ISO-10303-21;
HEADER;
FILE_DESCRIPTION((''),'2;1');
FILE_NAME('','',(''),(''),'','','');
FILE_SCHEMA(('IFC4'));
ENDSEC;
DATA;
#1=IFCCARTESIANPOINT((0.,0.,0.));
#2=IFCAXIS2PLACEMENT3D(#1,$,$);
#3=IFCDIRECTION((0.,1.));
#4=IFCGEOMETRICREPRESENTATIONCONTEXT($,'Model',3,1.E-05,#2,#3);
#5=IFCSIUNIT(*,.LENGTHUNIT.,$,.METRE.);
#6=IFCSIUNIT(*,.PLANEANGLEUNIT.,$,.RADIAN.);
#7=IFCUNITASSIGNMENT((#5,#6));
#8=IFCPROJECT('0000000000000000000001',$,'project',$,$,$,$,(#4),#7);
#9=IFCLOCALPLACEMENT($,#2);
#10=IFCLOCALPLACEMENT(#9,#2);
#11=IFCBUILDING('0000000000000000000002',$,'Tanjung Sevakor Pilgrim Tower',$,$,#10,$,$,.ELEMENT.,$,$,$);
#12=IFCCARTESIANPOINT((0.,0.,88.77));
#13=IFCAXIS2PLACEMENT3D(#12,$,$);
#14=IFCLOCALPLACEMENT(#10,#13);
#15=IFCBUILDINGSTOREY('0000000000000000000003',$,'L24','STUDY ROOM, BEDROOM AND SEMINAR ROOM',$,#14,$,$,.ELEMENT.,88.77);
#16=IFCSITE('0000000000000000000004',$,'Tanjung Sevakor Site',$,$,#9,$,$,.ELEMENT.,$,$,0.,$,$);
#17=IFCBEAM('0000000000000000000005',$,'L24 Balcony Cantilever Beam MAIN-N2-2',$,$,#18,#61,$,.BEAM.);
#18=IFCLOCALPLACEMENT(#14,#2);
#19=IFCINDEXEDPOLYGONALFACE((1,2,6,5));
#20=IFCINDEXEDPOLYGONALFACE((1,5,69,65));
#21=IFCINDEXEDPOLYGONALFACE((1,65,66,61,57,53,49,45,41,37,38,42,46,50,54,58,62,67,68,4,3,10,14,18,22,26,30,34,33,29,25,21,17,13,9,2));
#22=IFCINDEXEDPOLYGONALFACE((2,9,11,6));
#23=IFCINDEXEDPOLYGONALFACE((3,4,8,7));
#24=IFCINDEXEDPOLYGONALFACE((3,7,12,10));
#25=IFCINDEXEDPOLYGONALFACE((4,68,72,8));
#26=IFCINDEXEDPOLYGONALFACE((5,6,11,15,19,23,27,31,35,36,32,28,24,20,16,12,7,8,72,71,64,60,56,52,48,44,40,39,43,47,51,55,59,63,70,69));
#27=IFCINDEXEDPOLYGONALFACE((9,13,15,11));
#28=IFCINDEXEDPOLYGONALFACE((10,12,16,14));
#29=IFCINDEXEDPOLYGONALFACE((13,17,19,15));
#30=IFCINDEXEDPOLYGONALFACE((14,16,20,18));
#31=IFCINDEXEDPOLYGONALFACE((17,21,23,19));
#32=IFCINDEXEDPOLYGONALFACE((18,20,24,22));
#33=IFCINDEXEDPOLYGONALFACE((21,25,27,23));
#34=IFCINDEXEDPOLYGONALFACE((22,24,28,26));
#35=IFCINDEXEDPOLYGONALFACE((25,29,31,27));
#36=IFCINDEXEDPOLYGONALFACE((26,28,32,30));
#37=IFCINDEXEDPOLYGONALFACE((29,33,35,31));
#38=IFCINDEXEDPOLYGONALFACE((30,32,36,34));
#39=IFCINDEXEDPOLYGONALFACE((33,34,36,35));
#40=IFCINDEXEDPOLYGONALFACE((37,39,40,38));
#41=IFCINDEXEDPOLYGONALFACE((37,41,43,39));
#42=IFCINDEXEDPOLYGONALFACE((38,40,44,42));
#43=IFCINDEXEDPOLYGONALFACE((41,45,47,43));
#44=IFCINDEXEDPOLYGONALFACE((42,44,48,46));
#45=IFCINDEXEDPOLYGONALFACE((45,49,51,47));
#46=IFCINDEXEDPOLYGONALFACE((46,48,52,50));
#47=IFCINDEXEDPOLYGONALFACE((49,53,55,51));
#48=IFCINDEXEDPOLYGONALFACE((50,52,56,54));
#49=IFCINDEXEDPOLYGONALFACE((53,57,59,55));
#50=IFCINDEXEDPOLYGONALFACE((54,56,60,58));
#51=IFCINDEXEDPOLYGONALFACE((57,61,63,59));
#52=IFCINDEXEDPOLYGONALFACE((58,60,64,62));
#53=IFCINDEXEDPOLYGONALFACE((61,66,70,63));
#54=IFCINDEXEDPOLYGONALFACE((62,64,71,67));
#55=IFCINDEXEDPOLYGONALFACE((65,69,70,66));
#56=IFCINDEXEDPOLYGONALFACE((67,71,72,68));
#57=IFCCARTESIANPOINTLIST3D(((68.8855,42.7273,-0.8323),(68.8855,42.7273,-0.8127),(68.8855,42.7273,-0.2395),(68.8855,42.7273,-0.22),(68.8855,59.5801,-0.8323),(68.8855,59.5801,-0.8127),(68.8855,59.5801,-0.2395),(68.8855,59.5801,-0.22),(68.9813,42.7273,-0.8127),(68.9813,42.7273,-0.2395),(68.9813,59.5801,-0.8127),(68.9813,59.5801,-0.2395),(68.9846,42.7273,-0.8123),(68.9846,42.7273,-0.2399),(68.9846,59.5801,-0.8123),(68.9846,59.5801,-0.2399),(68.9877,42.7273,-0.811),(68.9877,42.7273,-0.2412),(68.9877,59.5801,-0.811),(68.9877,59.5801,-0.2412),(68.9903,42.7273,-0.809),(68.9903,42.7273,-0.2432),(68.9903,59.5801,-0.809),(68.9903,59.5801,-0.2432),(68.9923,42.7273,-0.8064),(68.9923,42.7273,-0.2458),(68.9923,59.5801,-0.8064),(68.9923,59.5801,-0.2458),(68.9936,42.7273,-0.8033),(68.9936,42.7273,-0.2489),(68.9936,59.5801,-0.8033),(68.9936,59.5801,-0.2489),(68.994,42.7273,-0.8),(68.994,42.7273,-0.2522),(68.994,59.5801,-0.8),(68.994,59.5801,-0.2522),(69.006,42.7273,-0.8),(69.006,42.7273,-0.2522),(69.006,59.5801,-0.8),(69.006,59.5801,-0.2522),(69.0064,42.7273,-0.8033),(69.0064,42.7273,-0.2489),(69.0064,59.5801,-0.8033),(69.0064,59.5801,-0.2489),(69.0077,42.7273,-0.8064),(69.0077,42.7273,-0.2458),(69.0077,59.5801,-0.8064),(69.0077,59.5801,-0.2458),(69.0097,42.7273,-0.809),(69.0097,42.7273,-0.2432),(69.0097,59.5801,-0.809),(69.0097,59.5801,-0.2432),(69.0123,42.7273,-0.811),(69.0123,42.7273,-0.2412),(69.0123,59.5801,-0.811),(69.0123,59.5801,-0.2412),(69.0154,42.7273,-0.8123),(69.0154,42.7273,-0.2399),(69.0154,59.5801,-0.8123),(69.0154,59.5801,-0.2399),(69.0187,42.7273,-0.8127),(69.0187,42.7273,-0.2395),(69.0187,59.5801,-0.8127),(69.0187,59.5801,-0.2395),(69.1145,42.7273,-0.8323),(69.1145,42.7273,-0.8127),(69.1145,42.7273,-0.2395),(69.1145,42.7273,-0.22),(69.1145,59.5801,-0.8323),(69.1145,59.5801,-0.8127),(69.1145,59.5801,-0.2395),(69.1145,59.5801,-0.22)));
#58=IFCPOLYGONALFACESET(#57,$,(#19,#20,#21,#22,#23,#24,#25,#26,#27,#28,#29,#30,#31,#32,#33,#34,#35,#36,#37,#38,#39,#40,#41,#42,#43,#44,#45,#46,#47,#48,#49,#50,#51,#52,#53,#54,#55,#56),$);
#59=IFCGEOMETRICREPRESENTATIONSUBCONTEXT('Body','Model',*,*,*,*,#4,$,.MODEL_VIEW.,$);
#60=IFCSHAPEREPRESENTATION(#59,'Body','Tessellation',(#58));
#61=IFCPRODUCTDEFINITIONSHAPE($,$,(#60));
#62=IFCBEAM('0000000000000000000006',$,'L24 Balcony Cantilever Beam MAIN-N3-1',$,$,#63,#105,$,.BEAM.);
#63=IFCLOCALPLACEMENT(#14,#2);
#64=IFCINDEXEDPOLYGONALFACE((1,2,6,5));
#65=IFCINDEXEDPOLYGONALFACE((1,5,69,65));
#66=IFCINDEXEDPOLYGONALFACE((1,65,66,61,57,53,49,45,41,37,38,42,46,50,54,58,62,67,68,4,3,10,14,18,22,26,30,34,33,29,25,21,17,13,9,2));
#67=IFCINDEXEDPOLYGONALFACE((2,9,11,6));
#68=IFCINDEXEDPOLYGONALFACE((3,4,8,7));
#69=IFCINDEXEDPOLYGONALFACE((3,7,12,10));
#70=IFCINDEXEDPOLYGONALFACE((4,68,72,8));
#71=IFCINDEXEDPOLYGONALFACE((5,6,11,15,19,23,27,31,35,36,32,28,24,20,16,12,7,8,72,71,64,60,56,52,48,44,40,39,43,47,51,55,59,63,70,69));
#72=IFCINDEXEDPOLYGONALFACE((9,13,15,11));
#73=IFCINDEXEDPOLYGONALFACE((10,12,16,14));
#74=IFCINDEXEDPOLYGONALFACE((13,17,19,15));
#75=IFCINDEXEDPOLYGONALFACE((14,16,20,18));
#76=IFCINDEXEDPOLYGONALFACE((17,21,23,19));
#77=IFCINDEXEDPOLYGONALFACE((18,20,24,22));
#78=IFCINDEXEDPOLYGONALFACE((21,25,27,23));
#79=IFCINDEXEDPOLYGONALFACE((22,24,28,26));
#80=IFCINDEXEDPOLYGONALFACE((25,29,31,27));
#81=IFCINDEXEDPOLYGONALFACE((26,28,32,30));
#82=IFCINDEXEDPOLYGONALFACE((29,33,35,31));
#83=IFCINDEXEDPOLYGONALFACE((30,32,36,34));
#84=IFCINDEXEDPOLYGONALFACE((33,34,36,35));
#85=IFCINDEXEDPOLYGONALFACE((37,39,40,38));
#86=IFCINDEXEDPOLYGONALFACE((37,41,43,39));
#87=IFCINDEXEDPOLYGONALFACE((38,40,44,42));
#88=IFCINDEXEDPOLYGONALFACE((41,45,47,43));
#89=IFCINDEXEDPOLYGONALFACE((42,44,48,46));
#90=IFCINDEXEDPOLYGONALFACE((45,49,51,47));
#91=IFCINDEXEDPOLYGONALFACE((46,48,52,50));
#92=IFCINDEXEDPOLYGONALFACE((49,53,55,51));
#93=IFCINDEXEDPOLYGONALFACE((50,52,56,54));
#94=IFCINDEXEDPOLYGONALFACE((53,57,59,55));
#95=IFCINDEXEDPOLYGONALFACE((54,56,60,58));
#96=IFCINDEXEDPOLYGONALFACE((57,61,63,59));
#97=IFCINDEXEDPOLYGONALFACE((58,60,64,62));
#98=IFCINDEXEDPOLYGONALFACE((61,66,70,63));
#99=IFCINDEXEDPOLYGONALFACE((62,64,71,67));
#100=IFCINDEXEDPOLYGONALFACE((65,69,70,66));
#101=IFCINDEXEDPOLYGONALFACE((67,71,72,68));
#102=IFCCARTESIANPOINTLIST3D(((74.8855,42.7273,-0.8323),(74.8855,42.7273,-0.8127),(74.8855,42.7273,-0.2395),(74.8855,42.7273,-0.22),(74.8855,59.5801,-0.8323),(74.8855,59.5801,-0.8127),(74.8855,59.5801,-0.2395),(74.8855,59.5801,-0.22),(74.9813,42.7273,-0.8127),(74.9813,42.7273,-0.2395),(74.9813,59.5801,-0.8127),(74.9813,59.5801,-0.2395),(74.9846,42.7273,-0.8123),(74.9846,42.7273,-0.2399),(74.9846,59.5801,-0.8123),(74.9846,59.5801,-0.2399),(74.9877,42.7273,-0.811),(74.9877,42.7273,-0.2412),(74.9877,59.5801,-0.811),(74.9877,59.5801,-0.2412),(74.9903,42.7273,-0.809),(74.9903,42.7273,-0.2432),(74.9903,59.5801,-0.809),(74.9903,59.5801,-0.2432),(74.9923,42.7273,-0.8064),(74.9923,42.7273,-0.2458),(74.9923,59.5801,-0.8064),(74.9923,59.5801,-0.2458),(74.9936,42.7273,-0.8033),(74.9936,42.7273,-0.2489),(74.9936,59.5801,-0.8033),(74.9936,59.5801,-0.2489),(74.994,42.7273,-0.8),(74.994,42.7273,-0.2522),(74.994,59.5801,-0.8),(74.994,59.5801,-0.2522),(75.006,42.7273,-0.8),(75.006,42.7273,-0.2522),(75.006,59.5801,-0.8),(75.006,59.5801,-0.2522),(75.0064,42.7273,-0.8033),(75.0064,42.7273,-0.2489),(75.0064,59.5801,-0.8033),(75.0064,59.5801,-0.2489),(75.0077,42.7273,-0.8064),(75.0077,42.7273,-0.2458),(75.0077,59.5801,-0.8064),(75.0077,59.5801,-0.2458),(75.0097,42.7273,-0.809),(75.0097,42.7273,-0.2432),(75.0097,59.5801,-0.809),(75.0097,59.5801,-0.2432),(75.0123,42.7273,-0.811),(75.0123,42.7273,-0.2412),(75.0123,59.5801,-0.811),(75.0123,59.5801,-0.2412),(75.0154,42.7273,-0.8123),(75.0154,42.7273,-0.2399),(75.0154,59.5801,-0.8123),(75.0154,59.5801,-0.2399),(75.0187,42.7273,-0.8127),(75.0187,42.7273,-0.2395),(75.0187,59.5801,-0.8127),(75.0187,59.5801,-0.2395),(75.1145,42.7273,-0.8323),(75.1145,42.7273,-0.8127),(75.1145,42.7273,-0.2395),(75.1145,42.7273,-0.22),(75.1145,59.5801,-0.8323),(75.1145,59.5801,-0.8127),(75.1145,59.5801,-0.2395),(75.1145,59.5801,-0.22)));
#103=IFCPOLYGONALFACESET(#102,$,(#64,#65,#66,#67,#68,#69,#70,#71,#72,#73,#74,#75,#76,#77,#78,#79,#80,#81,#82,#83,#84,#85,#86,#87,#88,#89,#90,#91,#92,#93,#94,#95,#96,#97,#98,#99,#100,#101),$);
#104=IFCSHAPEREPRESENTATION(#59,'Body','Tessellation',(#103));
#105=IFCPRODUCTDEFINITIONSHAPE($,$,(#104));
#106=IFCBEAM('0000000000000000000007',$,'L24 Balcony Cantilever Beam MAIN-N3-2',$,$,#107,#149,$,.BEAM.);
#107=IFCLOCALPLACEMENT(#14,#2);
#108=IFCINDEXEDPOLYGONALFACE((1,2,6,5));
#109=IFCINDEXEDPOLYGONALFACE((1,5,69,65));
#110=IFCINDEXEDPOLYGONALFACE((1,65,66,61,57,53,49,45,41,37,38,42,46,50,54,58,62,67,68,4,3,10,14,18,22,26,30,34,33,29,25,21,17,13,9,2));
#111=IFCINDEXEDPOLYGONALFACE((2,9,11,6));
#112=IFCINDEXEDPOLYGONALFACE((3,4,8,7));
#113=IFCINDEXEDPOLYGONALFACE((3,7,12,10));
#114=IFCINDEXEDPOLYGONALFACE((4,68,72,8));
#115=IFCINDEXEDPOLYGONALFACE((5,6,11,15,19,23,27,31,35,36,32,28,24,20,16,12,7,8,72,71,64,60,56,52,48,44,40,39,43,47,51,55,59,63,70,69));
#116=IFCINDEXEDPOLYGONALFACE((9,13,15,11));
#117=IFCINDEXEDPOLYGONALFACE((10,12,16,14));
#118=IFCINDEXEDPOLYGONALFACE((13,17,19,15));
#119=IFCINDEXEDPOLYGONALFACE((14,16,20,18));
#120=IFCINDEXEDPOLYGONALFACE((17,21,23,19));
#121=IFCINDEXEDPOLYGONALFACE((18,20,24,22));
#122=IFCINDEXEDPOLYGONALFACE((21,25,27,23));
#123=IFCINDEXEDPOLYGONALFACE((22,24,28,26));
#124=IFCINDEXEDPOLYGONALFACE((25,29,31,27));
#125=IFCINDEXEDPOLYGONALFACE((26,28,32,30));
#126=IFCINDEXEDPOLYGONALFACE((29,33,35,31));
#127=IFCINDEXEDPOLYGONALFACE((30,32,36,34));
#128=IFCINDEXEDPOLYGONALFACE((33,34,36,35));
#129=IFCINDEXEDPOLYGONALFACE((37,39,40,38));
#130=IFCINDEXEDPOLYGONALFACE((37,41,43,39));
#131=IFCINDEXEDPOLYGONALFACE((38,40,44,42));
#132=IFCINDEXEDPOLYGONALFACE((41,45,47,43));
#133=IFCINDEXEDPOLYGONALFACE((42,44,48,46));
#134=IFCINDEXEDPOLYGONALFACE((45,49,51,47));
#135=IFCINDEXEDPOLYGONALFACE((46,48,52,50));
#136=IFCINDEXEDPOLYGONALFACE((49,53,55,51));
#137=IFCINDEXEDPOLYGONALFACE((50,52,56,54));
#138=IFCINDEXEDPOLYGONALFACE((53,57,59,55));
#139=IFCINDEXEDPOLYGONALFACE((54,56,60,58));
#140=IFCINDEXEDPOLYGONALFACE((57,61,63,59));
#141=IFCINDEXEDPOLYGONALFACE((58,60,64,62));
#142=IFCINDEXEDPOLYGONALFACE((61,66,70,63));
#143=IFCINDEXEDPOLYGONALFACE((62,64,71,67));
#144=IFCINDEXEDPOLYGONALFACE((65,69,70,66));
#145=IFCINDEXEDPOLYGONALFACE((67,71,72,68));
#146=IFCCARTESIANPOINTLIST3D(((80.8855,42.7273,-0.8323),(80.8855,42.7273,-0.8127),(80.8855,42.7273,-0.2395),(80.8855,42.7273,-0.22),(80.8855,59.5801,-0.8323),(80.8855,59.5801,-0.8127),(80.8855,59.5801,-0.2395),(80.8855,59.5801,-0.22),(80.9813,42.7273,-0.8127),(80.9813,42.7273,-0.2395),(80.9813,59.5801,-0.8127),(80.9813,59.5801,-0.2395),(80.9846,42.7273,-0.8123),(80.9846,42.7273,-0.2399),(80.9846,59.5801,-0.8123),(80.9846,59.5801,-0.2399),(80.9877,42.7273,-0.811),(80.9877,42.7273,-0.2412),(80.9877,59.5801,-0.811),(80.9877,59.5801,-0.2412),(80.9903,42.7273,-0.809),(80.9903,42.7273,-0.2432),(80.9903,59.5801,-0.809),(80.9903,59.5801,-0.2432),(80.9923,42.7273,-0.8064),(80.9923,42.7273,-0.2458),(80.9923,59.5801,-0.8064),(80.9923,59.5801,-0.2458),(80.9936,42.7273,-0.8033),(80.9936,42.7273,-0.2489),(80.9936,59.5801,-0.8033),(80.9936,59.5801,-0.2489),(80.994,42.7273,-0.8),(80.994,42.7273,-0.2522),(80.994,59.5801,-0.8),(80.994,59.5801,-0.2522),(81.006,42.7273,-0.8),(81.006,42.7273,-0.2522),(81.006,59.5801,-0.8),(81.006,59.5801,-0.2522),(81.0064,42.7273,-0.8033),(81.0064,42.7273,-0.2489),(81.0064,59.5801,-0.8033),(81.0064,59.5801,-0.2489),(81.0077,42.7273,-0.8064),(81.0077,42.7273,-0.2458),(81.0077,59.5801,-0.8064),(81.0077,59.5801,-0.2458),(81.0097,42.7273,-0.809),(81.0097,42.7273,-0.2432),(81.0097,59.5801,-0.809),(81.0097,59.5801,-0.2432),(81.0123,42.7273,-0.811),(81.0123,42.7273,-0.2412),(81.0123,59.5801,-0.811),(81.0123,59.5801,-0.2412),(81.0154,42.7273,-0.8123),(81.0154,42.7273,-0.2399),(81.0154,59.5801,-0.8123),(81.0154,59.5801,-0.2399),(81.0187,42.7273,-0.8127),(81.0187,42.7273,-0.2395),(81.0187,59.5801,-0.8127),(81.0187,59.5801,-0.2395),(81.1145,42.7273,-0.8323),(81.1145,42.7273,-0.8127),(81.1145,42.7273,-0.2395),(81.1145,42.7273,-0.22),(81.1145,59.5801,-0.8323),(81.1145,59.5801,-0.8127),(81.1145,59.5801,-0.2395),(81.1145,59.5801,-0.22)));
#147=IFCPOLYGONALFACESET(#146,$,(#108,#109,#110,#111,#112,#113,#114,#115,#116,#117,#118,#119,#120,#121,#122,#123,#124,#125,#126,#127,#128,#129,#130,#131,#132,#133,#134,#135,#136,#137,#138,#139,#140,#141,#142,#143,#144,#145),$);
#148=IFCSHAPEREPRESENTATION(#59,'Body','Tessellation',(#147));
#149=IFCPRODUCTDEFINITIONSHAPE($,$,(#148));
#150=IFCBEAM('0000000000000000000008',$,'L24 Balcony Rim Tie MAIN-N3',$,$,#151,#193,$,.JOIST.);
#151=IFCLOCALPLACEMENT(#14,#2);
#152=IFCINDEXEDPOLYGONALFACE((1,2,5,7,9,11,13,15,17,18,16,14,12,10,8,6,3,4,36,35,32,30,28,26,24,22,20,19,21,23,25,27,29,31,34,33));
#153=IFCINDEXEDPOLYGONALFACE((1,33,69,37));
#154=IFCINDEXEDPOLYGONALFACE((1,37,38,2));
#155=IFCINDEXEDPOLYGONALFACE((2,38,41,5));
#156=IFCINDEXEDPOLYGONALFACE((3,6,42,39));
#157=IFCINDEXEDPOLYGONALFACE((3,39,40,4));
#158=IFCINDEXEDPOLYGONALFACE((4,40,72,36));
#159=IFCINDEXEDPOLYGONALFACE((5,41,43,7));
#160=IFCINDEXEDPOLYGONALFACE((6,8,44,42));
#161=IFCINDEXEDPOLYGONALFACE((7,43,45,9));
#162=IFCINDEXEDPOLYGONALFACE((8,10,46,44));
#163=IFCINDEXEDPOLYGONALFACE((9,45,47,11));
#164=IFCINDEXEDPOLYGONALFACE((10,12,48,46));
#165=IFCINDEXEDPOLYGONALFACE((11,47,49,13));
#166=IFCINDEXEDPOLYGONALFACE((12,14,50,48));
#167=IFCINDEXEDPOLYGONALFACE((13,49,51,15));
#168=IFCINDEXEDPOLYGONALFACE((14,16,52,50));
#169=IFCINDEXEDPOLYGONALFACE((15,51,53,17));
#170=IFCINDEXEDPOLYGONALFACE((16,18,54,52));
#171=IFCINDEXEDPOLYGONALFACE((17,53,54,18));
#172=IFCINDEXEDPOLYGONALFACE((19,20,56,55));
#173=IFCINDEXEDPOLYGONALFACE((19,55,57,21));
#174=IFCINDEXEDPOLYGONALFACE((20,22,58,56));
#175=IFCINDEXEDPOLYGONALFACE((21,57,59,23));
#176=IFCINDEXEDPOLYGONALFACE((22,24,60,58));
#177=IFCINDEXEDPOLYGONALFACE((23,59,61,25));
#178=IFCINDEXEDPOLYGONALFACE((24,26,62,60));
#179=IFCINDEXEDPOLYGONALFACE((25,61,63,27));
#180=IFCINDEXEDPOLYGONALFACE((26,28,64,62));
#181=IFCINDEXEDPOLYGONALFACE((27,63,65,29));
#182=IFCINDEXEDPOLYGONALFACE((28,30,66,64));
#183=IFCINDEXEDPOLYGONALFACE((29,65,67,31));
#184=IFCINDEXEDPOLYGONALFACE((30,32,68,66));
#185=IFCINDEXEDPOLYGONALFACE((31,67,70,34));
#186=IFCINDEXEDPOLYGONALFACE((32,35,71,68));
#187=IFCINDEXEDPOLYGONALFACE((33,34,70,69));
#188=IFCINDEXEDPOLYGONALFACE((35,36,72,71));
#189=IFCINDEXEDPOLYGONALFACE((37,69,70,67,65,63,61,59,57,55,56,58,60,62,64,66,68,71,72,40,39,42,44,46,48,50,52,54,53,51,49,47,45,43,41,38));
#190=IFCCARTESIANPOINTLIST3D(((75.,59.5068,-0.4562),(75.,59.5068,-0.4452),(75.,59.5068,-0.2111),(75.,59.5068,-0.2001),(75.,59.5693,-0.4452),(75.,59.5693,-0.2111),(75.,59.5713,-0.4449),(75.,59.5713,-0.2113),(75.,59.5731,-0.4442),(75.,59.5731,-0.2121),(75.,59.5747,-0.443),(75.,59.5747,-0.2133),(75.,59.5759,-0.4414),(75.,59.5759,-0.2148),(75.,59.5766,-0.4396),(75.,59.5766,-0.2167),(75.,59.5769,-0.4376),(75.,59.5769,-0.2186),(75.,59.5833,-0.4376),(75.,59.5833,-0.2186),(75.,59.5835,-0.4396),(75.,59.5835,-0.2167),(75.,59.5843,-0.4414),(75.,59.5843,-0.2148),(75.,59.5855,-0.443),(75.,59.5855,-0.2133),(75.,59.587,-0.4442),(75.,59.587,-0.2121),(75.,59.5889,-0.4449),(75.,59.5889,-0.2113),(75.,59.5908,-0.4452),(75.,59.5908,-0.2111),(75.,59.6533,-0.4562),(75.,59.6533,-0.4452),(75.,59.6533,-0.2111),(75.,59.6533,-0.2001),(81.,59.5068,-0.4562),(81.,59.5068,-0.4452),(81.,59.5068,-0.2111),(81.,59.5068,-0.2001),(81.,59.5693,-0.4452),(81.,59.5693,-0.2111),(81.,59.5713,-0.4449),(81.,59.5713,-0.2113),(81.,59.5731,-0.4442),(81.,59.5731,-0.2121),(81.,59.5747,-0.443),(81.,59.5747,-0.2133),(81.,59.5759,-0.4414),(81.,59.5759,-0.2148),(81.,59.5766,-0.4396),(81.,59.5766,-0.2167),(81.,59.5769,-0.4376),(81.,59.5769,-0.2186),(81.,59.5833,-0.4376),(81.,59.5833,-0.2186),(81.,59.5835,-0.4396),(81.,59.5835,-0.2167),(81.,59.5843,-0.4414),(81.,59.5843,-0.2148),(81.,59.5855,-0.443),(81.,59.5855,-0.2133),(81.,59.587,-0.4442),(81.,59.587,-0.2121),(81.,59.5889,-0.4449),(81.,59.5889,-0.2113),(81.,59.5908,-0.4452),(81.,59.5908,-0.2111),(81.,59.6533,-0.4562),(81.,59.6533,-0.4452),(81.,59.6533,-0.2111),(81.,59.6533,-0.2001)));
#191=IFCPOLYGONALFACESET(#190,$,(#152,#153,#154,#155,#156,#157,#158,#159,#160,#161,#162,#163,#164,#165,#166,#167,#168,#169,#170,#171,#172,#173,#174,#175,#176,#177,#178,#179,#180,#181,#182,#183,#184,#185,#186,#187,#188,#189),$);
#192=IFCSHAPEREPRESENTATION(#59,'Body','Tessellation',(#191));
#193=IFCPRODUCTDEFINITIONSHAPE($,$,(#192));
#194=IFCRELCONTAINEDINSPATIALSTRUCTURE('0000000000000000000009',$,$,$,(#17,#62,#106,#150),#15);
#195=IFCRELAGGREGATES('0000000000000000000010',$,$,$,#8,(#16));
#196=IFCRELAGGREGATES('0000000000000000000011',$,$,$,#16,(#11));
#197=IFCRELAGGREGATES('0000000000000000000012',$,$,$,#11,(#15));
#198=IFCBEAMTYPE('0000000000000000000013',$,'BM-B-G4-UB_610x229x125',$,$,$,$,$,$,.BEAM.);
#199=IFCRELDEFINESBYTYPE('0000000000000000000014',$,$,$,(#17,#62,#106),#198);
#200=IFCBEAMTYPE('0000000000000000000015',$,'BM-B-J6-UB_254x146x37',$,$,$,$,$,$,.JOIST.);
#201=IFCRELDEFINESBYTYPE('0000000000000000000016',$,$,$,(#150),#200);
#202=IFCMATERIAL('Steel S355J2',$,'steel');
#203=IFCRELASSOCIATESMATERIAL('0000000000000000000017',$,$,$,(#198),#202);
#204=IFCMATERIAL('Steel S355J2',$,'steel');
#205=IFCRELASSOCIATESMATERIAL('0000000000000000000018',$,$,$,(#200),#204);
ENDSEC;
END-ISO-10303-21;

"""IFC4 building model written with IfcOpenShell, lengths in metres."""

from ifc_helpers import new_model, si_unit, direction, frame, origin, origin_2d, place, context, subcontext, project, spatial, i_section, extrude, material, material_profile, profile_set, type_object, element, save


model = new_model("IFC4")

# Units and contexts
model_context = context("Model", 3, precision=1e-05, world=origin(), true_north=direction((0.0, 1.0)))
body_context = subcontext(model_context, "Body", "Model", "MODEL_VIEW")
ifc_project = project(units=[si_unit("LENGTHUNIT", "METRE"), si_unit("PLANEANGLEUNIT", "RADIAN")], contexts=[model_context])

# Site, building, storey
site_placement = place(None, origin())
site = spatial("IfcSite", under=ifc_project, at=site_placement, Name="Tanjung Sevakor Site", CompositionType="ELEMENT", RefElevation=0.0)
building_placement = place(site_placement, origin())
building = spatial("IfcBuilding", under=site, at=building_placement, Name="Tanjung Sevakor Pilgrim Tower", CompositionType="ELEMENT")
storey_placement = place(building_placement, frame((0.0, 0.0, 88.77)))
storey = spatial("IfcBuildingStorey", under=building, at=storey_placement, Name="L24", Description="STUDY ROOM, BEDROOM AND SEMINAR ROOM", CompositionType="ELEMENT", Elevation=88.77)

# Beams
ifc_material_1 = material(Name="Steel S355J2", Category="steel")
ifc_material_profile_1 = material_profile(ifc_material_1, i_section(OverallWidth=0.229, OverallDepth=0.6123, WebThickness=0.012, FlangeThickness=0.0195, FilletRadius=0.0127, at=origin_2d()))
ifc_profile_set_1 = profile_set([ifc_material_profile_1], Name="Steel S355J2")
beam_type_1 = type_object("IfcBeamType", Name="BM-B-G4-UB_610x229x125", PredefinedType="BEAM", material=ifc_profile_set_1)
for number, where, z_axis, x_axis, name in (
    (1, (69.0, 42.7273, -0.5261), (0.0, 1.0, 0.0), (-1.0, 0.0, 0.0), "L24 Balcony Cantilever Beam MAIN-N2-2"),
    (2, (75.0, 42.7273, -0.5261), (0.0, 1.0, 0.0), (-1.0, 0.0, 0.0), "L24 Balcony Cantilever Beam MAIN-N3-1"),
    (3, (81.0, 42.7273, -0.5261), (0.0, 1.0, 0.0), (-1.0, 0.0, 0.0), "L24 Balcony Cantilever Beam MAIN-N3-2"),
):
    element("IfcBeam", number, at=place(storey_placement, frame(where, z_axis=z_axis, x_axis=x_axis)), inside=storey, type_object=beam_type_1, Name=name, PredefinedType="BEAM", context=body_context, shape_type="SweptSolid", body=[
        extrude(i_section(OverallWidth=0.229, OverallDepth=0.6123, WebThickness=0.012, FlangeThickness=0.0195, FilletRadius=0.0127, at=origin_2d()), origin(), (0.0, 0.0, 1.0), 16.8528),
    ])
ifc_material_2 = material(Name="Steel S355J2", Category="steel")
ifc_material_profile_2 = material_profile(ifc_material_2, i_section(OverallWidth=0.1465, OverallDepth=0.2561, WebThickness=0.0063, FlangeThickness=0.011, FilletRadius=0.0076, at=origin_2d()))
ifc_profile_set_2 = profile_set([ifc_material_profile_2], Name="Steel S355J2")
beam_type_2 = type_object("IfcBeamType", Name="BM-B-J6-UB_254x146x37", PredefinedType="JOIST", material=ifc_profile_set_2)
beam_1_placement = place(storey_placement, frame((75.0, 59.5801, -0.3281), z_axis=(1.0, 0.0, 0.0), x_axis=(0.0, 1.0, 0.0)))
element("IfcBeam", 4, at=beam_1_placement, inside=storey, type_object=beam_type_2, Name="L24 Balcony Rim Tie MAIN-N3", PredefinedType="JOIST", context=body_context, shape_type="SweptSolid", body=[
    extrude(i_section(OverallWidth=0.1465, OverallDepth=0.2561, WebThickness=0.0063, FlangeThickness=0.011, FilletRadius=0.0076, at=origin_2d()), origin(), (0.0, 0.0, 1.0), 6.0),
])

save(model, "model.ifc")
